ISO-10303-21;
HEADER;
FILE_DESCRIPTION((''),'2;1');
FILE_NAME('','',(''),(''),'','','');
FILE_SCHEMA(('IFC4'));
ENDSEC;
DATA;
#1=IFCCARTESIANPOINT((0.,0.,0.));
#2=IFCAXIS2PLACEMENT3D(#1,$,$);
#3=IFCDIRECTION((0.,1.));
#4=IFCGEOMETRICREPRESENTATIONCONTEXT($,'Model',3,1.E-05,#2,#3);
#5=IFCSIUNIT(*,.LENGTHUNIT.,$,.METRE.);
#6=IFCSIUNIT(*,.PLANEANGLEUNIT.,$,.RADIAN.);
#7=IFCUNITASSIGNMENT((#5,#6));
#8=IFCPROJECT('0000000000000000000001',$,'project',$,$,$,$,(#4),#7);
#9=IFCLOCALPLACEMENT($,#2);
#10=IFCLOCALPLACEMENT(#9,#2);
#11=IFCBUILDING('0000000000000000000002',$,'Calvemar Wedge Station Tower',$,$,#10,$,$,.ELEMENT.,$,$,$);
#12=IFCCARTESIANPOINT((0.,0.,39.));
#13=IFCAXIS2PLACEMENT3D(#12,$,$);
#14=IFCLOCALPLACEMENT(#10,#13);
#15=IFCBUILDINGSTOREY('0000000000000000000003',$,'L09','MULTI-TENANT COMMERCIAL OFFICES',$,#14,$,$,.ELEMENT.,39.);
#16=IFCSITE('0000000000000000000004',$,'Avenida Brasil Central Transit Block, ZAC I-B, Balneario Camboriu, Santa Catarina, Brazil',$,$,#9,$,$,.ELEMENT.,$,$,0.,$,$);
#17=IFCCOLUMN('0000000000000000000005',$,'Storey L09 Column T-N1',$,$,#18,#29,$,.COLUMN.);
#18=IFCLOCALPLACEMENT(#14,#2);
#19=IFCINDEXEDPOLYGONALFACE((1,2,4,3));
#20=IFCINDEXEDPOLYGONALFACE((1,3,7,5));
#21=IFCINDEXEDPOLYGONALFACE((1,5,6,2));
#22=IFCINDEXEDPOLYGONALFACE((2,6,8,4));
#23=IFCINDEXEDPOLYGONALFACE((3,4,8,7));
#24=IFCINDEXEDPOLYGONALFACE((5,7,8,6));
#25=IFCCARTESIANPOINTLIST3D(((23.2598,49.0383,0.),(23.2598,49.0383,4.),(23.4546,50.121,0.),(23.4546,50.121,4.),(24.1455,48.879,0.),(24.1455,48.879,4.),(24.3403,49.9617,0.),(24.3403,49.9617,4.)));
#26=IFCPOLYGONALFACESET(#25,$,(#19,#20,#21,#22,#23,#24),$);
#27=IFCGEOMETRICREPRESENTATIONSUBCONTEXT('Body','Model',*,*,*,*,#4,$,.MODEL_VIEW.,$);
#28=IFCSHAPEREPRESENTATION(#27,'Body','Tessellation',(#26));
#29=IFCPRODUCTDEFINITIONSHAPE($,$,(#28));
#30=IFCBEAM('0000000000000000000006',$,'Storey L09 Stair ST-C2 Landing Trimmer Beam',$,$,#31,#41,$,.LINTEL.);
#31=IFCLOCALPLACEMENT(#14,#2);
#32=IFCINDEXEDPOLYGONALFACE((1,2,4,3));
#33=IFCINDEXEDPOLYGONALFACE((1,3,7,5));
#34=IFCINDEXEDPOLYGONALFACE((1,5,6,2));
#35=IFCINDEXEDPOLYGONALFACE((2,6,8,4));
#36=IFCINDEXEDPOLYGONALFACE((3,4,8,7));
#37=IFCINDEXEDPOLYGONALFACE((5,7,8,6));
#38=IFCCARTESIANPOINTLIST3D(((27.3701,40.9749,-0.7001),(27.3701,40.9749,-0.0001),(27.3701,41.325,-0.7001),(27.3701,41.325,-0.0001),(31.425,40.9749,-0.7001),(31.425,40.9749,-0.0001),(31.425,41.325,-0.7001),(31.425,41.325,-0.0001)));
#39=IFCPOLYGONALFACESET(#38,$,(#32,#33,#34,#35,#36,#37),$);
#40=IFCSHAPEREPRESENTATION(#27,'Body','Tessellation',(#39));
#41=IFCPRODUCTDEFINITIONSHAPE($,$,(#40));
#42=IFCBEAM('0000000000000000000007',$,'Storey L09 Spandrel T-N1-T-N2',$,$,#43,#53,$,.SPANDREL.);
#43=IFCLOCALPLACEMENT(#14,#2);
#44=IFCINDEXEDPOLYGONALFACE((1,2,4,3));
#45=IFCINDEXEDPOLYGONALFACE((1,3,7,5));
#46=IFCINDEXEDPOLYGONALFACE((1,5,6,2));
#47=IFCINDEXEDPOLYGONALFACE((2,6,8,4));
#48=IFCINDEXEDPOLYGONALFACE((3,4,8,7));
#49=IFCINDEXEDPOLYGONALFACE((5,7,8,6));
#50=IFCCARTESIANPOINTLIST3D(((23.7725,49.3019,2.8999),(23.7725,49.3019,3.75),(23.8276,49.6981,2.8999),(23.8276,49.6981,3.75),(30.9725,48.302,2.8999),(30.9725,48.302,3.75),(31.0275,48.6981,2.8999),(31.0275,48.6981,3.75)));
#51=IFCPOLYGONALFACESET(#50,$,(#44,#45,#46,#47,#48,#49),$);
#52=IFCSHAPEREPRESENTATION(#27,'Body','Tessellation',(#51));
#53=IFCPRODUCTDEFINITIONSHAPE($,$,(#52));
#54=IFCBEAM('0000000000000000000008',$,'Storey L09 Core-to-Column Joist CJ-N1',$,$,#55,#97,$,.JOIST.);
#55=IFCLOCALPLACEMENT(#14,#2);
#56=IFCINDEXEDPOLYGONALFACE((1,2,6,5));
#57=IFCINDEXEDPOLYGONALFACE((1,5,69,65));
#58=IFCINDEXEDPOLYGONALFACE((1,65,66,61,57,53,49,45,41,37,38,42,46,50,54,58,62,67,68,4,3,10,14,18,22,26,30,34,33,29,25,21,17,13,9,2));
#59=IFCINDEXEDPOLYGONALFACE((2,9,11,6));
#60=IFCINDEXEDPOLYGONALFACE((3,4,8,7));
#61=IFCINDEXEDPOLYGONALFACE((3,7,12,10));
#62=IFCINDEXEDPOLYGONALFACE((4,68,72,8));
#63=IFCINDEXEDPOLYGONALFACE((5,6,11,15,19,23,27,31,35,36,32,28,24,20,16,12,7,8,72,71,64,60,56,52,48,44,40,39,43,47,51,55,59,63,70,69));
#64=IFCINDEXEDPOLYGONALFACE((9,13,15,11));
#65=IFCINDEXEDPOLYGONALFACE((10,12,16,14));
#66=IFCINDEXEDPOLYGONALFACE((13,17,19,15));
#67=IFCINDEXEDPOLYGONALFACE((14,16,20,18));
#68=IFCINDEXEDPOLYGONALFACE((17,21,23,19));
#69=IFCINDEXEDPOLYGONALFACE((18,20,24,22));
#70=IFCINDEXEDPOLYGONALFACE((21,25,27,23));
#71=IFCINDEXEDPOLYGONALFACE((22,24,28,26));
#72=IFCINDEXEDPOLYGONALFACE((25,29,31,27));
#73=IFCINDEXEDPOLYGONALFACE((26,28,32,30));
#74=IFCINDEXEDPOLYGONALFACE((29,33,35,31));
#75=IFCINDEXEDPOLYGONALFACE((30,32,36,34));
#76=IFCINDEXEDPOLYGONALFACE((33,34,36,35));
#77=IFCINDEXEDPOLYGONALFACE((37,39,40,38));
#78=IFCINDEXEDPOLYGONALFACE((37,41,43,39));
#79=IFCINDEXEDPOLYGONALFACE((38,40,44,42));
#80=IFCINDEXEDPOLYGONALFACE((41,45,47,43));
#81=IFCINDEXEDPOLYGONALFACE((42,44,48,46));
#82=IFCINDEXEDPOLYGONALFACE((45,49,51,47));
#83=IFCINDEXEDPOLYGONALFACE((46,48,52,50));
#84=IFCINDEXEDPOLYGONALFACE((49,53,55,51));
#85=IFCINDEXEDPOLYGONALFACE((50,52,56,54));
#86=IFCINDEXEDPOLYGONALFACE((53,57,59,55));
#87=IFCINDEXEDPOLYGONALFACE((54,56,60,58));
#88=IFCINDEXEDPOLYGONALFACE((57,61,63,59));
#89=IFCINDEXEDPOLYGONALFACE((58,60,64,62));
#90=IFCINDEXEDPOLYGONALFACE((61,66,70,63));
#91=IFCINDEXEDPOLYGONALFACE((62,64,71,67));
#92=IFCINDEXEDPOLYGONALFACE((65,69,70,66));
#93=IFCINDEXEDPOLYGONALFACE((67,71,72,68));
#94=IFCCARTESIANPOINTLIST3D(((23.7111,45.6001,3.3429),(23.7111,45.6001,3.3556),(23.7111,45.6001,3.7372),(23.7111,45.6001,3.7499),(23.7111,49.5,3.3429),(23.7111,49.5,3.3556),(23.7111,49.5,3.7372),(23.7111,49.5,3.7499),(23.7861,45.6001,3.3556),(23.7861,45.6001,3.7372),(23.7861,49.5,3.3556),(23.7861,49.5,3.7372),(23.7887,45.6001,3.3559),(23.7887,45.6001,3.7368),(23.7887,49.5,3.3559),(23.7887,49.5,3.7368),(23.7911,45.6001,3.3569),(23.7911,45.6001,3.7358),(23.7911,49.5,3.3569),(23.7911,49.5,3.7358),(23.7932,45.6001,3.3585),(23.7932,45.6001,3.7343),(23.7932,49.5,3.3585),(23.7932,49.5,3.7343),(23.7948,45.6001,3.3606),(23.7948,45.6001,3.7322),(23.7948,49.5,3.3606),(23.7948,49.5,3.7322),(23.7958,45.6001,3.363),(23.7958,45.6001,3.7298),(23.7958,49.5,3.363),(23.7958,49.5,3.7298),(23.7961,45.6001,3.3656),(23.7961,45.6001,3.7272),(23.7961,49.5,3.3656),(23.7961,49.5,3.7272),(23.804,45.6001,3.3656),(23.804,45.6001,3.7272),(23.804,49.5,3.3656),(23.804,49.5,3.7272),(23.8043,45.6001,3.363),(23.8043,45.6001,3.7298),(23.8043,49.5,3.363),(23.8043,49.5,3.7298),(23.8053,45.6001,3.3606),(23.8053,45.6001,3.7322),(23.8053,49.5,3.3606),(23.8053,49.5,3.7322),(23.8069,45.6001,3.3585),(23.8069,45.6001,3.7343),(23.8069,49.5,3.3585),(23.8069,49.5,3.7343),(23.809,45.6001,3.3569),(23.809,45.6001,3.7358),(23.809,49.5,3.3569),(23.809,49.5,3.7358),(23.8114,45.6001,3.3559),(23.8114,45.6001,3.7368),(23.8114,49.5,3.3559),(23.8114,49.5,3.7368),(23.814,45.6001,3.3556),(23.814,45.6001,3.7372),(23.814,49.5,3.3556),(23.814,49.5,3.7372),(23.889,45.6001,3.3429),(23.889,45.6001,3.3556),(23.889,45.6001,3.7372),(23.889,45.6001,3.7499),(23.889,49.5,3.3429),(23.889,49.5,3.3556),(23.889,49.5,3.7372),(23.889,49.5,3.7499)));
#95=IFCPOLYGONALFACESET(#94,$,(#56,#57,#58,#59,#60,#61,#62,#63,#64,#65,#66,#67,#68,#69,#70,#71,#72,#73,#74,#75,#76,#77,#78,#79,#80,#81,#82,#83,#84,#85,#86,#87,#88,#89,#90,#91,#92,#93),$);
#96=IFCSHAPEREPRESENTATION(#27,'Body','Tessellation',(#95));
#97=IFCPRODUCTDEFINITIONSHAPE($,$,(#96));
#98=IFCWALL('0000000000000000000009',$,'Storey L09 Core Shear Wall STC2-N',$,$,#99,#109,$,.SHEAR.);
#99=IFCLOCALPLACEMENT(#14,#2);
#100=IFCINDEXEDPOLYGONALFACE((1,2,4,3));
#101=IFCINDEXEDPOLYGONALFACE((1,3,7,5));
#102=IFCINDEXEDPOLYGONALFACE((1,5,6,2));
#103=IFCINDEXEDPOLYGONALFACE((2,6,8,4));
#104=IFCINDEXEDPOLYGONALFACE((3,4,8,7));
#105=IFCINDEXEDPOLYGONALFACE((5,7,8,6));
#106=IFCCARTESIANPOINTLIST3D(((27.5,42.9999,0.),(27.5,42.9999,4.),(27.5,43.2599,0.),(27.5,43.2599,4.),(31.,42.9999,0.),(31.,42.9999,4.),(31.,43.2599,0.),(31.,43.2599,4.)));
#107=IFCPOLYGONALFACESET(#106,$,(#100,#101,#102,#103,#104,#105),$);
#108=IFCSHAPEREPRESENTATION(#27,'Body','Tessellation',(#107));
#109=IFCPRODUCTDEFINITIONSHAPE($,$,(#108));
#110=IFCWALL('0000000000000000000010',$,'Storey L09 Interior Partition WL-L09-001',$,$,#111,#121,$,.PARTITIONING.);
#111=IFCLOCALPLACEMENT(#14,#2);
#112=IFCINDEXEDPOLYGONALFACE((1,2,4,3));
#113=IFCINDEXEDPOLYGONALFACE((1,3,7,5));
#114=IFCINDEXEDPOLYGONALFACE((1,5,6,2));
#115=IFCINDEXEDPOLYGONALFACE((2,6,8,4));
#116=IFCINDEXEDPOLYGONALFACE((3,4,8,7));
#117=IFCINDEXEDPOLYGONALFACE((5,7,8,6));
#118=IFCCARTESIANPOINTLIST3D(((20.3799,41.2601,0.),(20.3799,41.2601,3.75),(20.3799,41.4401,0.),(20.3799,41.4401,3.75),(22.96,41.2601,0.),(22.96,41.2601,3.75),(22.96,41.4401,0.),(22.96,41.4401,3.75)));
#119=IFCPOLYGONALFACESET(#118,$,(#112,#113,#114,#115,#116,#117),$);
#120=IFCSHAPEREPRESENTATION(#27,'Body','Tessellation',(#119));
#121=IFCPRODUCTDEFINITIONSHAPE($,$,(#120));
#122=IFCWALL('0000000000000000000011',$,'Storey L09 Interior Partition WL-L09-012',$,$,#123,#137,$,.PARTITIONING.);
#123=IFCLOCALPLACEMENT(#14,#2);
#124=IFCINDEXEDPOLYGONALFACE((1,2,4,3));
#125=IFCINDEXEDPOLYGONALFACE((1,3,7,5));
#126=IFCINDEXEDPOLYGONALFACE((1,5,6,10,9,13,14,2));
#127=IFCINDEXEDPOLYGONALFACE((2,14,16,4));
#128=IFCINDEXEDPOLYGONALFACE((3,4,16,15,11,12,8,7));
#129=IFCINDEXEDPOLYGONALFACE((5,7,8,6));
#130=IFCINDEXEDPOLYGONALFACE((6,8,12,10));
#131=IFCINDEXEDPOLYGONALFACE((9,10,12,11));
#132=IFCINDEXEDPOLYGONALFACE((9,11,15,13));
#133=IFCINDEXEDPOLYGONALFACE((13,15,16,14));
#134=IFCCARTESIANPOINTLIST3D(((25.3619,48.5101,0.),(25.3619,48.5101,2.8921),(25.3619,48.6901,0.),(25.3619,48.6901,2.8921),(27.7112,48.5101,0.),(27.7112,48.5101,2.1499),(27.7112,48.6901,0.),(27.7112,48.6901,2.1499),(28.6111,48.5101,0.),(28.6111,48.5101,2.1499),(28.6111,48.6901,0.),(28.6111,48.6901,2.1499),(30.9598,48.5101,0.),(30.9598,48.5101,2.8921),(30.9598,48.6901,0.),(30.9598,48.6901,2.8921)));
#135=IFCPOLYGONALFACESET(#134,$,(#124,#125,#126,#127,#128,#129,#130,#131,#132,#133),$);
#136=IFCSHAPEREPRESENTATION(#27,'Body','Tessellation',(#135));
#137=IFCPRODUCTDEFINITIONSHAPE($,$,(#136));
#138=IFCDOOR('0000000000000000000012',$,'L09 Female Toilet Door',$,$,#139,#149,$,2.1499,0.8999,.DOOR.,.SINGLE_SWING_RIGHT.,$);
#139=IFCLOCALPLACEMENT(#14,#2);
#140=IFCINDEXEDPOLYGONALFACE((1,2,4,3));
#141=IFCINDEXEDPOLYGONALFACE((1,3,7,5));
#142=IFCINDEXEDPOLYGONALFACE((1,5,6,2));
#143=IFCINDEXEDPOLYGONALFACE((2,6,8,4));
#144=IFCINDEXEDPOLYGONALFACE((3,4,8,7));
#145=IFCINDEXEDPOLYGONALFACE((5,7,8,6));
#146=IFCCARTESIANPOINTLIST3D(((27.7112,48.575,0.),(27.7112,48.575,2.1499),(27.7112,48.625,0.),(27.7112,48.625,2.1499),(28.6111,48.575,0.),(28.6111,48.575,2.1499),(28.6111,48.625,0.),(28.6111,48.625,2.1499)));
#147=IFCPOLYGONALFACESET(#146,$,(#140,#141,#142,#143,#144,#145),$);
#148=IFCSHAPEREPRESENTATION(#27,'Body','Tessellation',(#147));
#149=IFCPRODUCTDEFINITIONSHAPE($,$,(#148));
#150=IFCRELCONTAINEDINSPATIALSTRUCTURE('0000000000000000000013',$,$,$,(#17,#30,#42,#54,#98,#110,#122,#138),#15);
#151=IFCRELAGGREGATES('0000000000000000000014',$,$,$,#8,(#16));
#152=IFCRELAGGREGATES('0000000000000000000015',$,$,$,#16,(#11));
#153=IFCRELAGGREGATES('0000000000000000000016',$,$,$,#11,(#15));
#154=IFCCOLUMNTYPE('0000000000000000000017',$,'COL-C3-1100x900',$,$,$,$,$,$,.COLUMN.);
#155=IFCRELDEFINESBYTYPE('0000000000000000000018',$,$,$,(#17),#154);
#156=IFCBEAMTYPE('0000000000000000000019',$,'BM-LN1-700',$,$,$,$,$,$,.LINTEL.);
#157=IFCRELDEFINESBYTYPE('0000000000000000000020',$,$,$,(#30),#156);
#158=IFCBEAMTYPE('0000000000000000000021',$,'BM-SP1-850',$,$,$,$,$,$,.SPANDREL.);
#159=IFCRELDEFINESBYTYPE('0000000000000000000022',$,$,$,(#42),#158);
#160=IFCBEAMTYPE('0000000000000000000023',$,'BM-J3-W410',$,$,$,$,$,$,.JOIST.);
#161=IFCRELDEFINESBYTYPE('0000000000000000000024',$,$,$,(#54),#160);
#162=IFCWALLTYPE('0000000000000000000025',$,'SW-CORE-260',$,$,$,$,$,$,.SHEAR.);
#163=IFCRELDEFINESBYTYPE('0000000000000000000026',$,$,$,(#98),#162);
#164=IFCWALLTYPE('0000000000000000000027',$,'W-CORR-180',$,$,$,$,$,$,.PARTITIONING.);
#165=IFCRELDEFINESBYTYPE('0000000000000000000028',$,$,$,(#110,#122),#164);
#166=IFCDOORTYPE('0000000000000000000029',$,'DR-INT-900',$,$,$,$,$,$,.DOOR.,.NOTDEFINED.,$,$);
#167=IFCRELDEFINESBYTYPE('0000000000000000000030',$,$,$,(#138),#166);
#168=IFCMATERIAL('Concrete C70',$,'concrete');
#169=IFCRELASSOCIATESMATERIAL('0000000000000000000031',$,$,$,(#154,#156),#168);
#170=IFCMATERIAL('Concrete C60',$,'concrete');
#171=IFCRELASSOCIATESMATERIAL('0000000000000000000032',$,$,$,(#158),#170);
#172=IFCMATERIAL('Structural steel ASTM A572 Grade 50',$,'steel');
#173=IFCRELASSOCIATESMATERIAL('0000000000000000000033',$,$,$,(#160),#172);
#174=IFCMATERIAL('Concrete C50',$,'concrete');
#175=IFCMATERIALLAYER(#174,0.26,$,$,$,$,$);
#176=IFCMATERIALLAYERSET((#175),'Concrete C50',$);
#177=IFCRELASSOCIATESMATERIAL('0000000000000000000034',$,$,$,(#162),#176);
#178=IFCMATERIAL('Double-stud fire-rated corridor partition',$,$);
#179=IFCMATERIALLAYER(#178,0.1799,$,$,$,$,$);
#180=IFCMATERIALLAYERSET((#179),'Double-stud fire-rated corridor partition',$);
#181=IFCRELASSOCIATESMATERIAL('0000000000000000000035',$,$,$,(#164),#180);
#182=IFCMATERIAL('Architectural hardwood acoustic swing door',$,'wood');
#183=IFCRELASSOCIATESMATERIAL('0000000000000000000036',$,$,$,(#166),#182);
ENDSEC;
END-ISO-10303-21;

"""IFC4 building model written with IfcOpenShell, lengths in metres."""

from ifc_helpers import new_model, si_unit, direction, frame, frame_2d, origin, origin_2d, place, context, subcontext, project, spatial, rectangle, i_section, extrude, source, transform, mapped, material, layer, layer_set, material_profile, profile_set, type_object, element, fill, save


model = new_model("IFC4")

# Units and contexts
model_context = context("Model", 3, precision=1e-05, world=origin(), true_north=direction((0.0, 1.0)))
body_context = subcontext(model_context, "Body", "Model", "MODEL_VIEW")
ifc_project = project(units=[si_unit("LENGTHUNIT", "METRE"), si_unit("PLANEANGLEUNIT", "RADIAN")], contexts=[model_context])

# Site, building, storey
site_placement = place(None, origin())
site = spatial("IfcSite", under=ifc_project, at=site_placement, Name="Avenida Brasil Central Transit Block, ZAC I-B, Balneario Camboriu, Santa Catarina, Brazil", CompositionType="ELEMENT", RefElevation=0.0)
building_placement = place(site_placement, origin())
building = spatial("IfcBuilding", under=site, at=building_placement, Name="Calvemar Wedge Station Tower", CompositionType="ELEMENT")
storey_placement = place(building_placement, frame((0.0, 0.0, 39.0)))
storey = spatial("IfcBuildingStorey", under=building, at=storey_placement, Name="L09", Description="MULTI-TENANT COMMERCIAL OFFICES", CompositionType="ELEMENT", Elevation=39.0)

# Column
ifc_material_1 = material(Name="Concrete C70", Category="concrete")
ifc_material_profile_1 = material_profile(ifc_material_1, rectangle(XDim=0.8999, YDim=1.1001, at=origin_2d()), Name="RC1100x900")
ifc_profile_set_1 = profile_set([ifc_material_profile_1], Name="Concrete C70")
column_type = type_object("IfcColumnType", Name="COL-C3-1100x900", PredefinedType="COLUMN", material=ifc_profile_set_1)
shared_shape_1 = source(origin(), body_context, "Body", "SweptSolid", [
    extrude(rectangle(XDim=0.8999, YDim=1.1001, at=origin_2d()), origin(), (0.0, 0.0, 1.0), 4.0),
])
column_placement = place(storey_placement, frame((23.8, 49.5, 0.0), z_axis=(0.0, 0.0, 1.0), x_axis=(0.984196, -0.177085, 0.0)))
element("IfcColumn", 1, at=column_placement, inside=storey, type_object=column_type, Name="Storey L09 Column T-N1", PredefinedType="COLUMN", context=body_context, shape_type="MappedRepresentation", body=[
    mapped(shared_shape_1, transform((0.0, 0.0, 0.0), scale=1.0)),
])

# Beams
ifc_material_profile_2 = material_profile(ifc_material_1, rectangle(XDim=0.3501, YDim=0.7, at=origin_2d()), Name="RC350x700")
ifc_profile_set_2 = profile_set([ifc_material_profile_2], Name="Concrete C70")
beam_type_1 = type_object("IfcBeamType", Name="BM-LN1-700", PredefinedType="LINTEL", material=ifc_profile_set_2)
shared_shape_2 = source(origin(), body_context, "Body", "SweptSolid", [
    extrude(rectangle(XDim=0.3501, YDim=0.7, at=origin_2d()), origin(), (0.0, 0.0, 1.0), 4.0549),
])
beam_1_placement = place(storey_placement, frame((27.3701, 41.1499, -0.3501), z_axis=(1.0, 0.0, 0.0), x_axis=(0.0, 1.0, 0.0)))
element("IfcBeam", 2, at=beam_1_placement, inside=storey, type_object=beam_type_1, Name="Storey L09 Stair ST-C2 Landing Trimmer Beam", PredefinedType="LINTEL", context=body_context, shape_type="MappedRepresentation", body=[
    mapped(shared_shape_2, transform((0.0, 0.0, 0.0), scale=1.0)),
])
ifc_material_2 = material(Name="Concrete C60", Category="concrete")
ifc_material_profile_3 = material_profile(ifc_material_2, rectangle(XDim=0.3999, YDim=0.8501, at=origin_2d()), Name="RC400x850")
ifc_profile_set_3 = profile_set([ifc_material_profile_3], Name="Concrete C60")
beam_type_2 = type_object("IfcBeamType", Name="BM-SP1-850", PredefinedType="SPANDREL", material=ifc_profile_set_3)
shared_shape_3 = source(origin(), body_context, "Body", "SweptSolid", [
    extrude(rectangle(XDim=0.3999, YDim=0.8501, at=origin_2d()), origin(), (0.0, 0.0, 1.0), 7.269),
])
beam_2_placement = place(storey_placement, frame((23.8, 49.5, 3.325), z_axis=(0.990492, -0.137569, 0.0), x_axis=(0.137569, 0.990492, 0.0)))
element("IfcBeam", 3, at=beam_2_placement, inside=storey, type_object=beam_type_2, Name="Storey L09 Spandrel T-N1-T-N2", PredefinedType="SPANDREL", context=body_context, shape_type="MappedRepresentation", body=[
    mapped(shared_shape_3, transform((0.0, 0.0, 0.0), scale=1.0)),
])
ifc_material_3 = material(Name="Structural steel ASTM A572 Grade 50", Category="steel")
ifc_material_profile_4 = material_profile(ifc_material_3, i_section(OverallWidth=0.178, OverallDepth=0.407, WebThickness=0.0078, FlangeThickness=0.0127, FilletRadius=0.01, at=origin_2d()), Name="W410x60")
ifc_profile_set_4 = profile_set([ifc_material_profile_4], Name="Structural steel ASTM A572 Grade 50")
beam_type_3 = type_object("IfcBeamType", Name="BM-J3-W410", PredefinedType="JOIST", material=ifc_profile_set_4)
shared_shape_4 = source(origin(), body_context, "Body", "SweptSolid", [
    extrude(i_section(OverallWidth=0.178, OverallDepth=0.407, WebThickness=0.0078, FlangeThickness=0.0127, FilletRadius=0.01, at=origin_2d()), origin(), (0.0, 0.0, 1.0), 3.8999),
])
beam_3_placement = place(storey_placement, frame((23.8, 45.6001, 3.5464), z_axis=(0.0, 1.0, 0.0), x_axis=(-1.0, 0.0, 0.0)))
element("IfcBeam", 4, at=beam_3_placement, inside=storey, type_object=beam_type_3, Name="Storey L09 Core-to-Column Joist CJ-N1", PredefinedType="JOIST", context=body_context, shape_type="MappedRepresentation", body=[
    mapped(shared_shape_4, transform((0.0, 0.0, 0.0), scale=1.0)),
])

# Walls
ifc_material_4 = material(Name="Concrete C50", Category="concrete")
ifc_layer_1 = layer(ifc_material_4, 0.26)
ifc_layer_set_1 = layer_set([ifc_layer_1], Name="Concrete C50")
wall_type_1 = type_object("IfcWallType", Name="SW-CORE-260", PredefinedType="SHEAR", material=ifc_layer_set_1)
wall_1_placement = place(storey_placement, frame((27.5, 43.1299, 0.0), z_axis=(0.0, 0.0, 1.0), x_axis=(1.0, 0.0, 0.0)))
element("IfcWall", 5, at=wall_1_placement, inside=storey, type_object=wall_type_1, Name="Storey L09 Core Shear Wall STC2-N", PredefinedType="SHEAR", context=body_context, shape_type="SweptSolid", body=[
    extrude(rectangle(XDim=3.5, YDim=0.26, at=frame_2d((1.75, 0.0))), origin(), (0.0, 0.0, 1.0), 4.0),
])
ifc_material_5 = material(Name="Double-stud fire-rated corridor partition")
ifc_layer_2 = layer(ifc_material_5, 0.1799)
ifc_layer_set_2 = layer_set([ifc_layer_2], Name="Double-stud fire-rated corridor partition")
wall_type_2 = type_object("IfcWallType", Name="W-CORR-180", PredefinedType="PARTITIONING", material=ifc_layer_set_2)
wall_2_placement = place(storey_placement, frame((22.96, 41.3501, 0.0), z_axis=(0.0, 0.0, 1.0), x_axis=(-1.0, 0.0, 0.0)))
element("IfcWall", 6, at=wall_2_placement, inside=storey, type_object=wall_type_2, Name="Storey L09 Interior Partition WL-L09-001", PredefinedType="PARTITIONING", context=body_context, shape_type="SweptSolid", body=[
    extrude(rectangle(XDim=2.5801, YDim=0.1799, at=frame_2d((1.29, 0.0))), origin(), (0.0, 0.0, 1.0), 3.75),
])

# Wall, opening, door
wall_3_placement = place(storey_placement, frame((25.3621, 48.6001, 0.0), z_axis=(0.0, 0.0, 1.0), x_axis=(1.0, 0.0, 0.0)))
wall_3 = element("IfcWall", 7, at=wall_3_placement, inside=storey, type_object=wall_type_2, Name="Storey L09 Interior Partition WL-L09-012", PredefinedType="PARTITIONING", context=body_context, shape_type="SweptSolid", body=[
    extrude(rectangle(XDim=5.5979, YDim=0.1799, at=frame_2d((2.7988, 0.0))), origin(), (0.0, 0.0, 1.0), 2.8921),
])
shared_shape_5 = source(origin(), body_context, "Body", "SweptSolid", [
    extrude(rectangle(XDim=0.8999, YDim=2.1499, at=frame_2d((0.45, 1.075))), frame((0.0, 0.1001, 0.0), z_axis=(0.0, -1.0, 0.0), x_axis=(1.0, 0.0, 0.0)), (0.0, 0.0, 1.0), 0.2),
])
opening_1_placement = place(wall_3_placement, frame((2.3491, 0.0, 0.0)))
opening_1 = element("IfcOpeningElement", 8, at=opening_1_placement, cuts=wall_3, PredefinedType="OPENING", context=body_context, shape_type="MappedRepresentation", body=[
    mapped(shared_shape_5, transform((0.0, 0.0, 0.0), scale=1.0)),
])
ifc_material_6 = material(Name="Architectural hardwood acoustic swing door", Category="wood")
door_type_1 = type_object("IfcDoorType", Name="DR-INT-900", OperationType="NOTDEFINED", PredefinedType="DOOR", material=ifc_material_6)
shared_shape_6 = source(origin(), body_context, "Body", "SweptSolid", [
    extrude(rectangle(XDim=0.8999, YDim=2.1499, at=frame_2d((0.45, 1.075))), frame((0.0, 0.0249, 0.0), z_axis=(0.0, -1.0, 0.0), x_axis=(1.0, 0.0, 0.0)), (0.0, 0.0, 1.0), 0.05),
])
door_1_placement = place(opening_1_placement, origin())
door_1 = element("IfcDoor", 9, at=door_1_placement, inside=storey, type_object=door_type_1, Name="L09 Female Toilet Door", OperationType="SINGLE_SWING_RIGHT", OverallHeight=2.1499, OverallWidth=0.8999, PredefinedType="DOOR", context=body_context, shape_type="MappedRepresentation", body=[
    mapped(shared_shape_6, transform((0.0, 0.0, 0.0), scale=1.0)),
])
fill(opening_1, door_1)

save(model, "model.ifc")
